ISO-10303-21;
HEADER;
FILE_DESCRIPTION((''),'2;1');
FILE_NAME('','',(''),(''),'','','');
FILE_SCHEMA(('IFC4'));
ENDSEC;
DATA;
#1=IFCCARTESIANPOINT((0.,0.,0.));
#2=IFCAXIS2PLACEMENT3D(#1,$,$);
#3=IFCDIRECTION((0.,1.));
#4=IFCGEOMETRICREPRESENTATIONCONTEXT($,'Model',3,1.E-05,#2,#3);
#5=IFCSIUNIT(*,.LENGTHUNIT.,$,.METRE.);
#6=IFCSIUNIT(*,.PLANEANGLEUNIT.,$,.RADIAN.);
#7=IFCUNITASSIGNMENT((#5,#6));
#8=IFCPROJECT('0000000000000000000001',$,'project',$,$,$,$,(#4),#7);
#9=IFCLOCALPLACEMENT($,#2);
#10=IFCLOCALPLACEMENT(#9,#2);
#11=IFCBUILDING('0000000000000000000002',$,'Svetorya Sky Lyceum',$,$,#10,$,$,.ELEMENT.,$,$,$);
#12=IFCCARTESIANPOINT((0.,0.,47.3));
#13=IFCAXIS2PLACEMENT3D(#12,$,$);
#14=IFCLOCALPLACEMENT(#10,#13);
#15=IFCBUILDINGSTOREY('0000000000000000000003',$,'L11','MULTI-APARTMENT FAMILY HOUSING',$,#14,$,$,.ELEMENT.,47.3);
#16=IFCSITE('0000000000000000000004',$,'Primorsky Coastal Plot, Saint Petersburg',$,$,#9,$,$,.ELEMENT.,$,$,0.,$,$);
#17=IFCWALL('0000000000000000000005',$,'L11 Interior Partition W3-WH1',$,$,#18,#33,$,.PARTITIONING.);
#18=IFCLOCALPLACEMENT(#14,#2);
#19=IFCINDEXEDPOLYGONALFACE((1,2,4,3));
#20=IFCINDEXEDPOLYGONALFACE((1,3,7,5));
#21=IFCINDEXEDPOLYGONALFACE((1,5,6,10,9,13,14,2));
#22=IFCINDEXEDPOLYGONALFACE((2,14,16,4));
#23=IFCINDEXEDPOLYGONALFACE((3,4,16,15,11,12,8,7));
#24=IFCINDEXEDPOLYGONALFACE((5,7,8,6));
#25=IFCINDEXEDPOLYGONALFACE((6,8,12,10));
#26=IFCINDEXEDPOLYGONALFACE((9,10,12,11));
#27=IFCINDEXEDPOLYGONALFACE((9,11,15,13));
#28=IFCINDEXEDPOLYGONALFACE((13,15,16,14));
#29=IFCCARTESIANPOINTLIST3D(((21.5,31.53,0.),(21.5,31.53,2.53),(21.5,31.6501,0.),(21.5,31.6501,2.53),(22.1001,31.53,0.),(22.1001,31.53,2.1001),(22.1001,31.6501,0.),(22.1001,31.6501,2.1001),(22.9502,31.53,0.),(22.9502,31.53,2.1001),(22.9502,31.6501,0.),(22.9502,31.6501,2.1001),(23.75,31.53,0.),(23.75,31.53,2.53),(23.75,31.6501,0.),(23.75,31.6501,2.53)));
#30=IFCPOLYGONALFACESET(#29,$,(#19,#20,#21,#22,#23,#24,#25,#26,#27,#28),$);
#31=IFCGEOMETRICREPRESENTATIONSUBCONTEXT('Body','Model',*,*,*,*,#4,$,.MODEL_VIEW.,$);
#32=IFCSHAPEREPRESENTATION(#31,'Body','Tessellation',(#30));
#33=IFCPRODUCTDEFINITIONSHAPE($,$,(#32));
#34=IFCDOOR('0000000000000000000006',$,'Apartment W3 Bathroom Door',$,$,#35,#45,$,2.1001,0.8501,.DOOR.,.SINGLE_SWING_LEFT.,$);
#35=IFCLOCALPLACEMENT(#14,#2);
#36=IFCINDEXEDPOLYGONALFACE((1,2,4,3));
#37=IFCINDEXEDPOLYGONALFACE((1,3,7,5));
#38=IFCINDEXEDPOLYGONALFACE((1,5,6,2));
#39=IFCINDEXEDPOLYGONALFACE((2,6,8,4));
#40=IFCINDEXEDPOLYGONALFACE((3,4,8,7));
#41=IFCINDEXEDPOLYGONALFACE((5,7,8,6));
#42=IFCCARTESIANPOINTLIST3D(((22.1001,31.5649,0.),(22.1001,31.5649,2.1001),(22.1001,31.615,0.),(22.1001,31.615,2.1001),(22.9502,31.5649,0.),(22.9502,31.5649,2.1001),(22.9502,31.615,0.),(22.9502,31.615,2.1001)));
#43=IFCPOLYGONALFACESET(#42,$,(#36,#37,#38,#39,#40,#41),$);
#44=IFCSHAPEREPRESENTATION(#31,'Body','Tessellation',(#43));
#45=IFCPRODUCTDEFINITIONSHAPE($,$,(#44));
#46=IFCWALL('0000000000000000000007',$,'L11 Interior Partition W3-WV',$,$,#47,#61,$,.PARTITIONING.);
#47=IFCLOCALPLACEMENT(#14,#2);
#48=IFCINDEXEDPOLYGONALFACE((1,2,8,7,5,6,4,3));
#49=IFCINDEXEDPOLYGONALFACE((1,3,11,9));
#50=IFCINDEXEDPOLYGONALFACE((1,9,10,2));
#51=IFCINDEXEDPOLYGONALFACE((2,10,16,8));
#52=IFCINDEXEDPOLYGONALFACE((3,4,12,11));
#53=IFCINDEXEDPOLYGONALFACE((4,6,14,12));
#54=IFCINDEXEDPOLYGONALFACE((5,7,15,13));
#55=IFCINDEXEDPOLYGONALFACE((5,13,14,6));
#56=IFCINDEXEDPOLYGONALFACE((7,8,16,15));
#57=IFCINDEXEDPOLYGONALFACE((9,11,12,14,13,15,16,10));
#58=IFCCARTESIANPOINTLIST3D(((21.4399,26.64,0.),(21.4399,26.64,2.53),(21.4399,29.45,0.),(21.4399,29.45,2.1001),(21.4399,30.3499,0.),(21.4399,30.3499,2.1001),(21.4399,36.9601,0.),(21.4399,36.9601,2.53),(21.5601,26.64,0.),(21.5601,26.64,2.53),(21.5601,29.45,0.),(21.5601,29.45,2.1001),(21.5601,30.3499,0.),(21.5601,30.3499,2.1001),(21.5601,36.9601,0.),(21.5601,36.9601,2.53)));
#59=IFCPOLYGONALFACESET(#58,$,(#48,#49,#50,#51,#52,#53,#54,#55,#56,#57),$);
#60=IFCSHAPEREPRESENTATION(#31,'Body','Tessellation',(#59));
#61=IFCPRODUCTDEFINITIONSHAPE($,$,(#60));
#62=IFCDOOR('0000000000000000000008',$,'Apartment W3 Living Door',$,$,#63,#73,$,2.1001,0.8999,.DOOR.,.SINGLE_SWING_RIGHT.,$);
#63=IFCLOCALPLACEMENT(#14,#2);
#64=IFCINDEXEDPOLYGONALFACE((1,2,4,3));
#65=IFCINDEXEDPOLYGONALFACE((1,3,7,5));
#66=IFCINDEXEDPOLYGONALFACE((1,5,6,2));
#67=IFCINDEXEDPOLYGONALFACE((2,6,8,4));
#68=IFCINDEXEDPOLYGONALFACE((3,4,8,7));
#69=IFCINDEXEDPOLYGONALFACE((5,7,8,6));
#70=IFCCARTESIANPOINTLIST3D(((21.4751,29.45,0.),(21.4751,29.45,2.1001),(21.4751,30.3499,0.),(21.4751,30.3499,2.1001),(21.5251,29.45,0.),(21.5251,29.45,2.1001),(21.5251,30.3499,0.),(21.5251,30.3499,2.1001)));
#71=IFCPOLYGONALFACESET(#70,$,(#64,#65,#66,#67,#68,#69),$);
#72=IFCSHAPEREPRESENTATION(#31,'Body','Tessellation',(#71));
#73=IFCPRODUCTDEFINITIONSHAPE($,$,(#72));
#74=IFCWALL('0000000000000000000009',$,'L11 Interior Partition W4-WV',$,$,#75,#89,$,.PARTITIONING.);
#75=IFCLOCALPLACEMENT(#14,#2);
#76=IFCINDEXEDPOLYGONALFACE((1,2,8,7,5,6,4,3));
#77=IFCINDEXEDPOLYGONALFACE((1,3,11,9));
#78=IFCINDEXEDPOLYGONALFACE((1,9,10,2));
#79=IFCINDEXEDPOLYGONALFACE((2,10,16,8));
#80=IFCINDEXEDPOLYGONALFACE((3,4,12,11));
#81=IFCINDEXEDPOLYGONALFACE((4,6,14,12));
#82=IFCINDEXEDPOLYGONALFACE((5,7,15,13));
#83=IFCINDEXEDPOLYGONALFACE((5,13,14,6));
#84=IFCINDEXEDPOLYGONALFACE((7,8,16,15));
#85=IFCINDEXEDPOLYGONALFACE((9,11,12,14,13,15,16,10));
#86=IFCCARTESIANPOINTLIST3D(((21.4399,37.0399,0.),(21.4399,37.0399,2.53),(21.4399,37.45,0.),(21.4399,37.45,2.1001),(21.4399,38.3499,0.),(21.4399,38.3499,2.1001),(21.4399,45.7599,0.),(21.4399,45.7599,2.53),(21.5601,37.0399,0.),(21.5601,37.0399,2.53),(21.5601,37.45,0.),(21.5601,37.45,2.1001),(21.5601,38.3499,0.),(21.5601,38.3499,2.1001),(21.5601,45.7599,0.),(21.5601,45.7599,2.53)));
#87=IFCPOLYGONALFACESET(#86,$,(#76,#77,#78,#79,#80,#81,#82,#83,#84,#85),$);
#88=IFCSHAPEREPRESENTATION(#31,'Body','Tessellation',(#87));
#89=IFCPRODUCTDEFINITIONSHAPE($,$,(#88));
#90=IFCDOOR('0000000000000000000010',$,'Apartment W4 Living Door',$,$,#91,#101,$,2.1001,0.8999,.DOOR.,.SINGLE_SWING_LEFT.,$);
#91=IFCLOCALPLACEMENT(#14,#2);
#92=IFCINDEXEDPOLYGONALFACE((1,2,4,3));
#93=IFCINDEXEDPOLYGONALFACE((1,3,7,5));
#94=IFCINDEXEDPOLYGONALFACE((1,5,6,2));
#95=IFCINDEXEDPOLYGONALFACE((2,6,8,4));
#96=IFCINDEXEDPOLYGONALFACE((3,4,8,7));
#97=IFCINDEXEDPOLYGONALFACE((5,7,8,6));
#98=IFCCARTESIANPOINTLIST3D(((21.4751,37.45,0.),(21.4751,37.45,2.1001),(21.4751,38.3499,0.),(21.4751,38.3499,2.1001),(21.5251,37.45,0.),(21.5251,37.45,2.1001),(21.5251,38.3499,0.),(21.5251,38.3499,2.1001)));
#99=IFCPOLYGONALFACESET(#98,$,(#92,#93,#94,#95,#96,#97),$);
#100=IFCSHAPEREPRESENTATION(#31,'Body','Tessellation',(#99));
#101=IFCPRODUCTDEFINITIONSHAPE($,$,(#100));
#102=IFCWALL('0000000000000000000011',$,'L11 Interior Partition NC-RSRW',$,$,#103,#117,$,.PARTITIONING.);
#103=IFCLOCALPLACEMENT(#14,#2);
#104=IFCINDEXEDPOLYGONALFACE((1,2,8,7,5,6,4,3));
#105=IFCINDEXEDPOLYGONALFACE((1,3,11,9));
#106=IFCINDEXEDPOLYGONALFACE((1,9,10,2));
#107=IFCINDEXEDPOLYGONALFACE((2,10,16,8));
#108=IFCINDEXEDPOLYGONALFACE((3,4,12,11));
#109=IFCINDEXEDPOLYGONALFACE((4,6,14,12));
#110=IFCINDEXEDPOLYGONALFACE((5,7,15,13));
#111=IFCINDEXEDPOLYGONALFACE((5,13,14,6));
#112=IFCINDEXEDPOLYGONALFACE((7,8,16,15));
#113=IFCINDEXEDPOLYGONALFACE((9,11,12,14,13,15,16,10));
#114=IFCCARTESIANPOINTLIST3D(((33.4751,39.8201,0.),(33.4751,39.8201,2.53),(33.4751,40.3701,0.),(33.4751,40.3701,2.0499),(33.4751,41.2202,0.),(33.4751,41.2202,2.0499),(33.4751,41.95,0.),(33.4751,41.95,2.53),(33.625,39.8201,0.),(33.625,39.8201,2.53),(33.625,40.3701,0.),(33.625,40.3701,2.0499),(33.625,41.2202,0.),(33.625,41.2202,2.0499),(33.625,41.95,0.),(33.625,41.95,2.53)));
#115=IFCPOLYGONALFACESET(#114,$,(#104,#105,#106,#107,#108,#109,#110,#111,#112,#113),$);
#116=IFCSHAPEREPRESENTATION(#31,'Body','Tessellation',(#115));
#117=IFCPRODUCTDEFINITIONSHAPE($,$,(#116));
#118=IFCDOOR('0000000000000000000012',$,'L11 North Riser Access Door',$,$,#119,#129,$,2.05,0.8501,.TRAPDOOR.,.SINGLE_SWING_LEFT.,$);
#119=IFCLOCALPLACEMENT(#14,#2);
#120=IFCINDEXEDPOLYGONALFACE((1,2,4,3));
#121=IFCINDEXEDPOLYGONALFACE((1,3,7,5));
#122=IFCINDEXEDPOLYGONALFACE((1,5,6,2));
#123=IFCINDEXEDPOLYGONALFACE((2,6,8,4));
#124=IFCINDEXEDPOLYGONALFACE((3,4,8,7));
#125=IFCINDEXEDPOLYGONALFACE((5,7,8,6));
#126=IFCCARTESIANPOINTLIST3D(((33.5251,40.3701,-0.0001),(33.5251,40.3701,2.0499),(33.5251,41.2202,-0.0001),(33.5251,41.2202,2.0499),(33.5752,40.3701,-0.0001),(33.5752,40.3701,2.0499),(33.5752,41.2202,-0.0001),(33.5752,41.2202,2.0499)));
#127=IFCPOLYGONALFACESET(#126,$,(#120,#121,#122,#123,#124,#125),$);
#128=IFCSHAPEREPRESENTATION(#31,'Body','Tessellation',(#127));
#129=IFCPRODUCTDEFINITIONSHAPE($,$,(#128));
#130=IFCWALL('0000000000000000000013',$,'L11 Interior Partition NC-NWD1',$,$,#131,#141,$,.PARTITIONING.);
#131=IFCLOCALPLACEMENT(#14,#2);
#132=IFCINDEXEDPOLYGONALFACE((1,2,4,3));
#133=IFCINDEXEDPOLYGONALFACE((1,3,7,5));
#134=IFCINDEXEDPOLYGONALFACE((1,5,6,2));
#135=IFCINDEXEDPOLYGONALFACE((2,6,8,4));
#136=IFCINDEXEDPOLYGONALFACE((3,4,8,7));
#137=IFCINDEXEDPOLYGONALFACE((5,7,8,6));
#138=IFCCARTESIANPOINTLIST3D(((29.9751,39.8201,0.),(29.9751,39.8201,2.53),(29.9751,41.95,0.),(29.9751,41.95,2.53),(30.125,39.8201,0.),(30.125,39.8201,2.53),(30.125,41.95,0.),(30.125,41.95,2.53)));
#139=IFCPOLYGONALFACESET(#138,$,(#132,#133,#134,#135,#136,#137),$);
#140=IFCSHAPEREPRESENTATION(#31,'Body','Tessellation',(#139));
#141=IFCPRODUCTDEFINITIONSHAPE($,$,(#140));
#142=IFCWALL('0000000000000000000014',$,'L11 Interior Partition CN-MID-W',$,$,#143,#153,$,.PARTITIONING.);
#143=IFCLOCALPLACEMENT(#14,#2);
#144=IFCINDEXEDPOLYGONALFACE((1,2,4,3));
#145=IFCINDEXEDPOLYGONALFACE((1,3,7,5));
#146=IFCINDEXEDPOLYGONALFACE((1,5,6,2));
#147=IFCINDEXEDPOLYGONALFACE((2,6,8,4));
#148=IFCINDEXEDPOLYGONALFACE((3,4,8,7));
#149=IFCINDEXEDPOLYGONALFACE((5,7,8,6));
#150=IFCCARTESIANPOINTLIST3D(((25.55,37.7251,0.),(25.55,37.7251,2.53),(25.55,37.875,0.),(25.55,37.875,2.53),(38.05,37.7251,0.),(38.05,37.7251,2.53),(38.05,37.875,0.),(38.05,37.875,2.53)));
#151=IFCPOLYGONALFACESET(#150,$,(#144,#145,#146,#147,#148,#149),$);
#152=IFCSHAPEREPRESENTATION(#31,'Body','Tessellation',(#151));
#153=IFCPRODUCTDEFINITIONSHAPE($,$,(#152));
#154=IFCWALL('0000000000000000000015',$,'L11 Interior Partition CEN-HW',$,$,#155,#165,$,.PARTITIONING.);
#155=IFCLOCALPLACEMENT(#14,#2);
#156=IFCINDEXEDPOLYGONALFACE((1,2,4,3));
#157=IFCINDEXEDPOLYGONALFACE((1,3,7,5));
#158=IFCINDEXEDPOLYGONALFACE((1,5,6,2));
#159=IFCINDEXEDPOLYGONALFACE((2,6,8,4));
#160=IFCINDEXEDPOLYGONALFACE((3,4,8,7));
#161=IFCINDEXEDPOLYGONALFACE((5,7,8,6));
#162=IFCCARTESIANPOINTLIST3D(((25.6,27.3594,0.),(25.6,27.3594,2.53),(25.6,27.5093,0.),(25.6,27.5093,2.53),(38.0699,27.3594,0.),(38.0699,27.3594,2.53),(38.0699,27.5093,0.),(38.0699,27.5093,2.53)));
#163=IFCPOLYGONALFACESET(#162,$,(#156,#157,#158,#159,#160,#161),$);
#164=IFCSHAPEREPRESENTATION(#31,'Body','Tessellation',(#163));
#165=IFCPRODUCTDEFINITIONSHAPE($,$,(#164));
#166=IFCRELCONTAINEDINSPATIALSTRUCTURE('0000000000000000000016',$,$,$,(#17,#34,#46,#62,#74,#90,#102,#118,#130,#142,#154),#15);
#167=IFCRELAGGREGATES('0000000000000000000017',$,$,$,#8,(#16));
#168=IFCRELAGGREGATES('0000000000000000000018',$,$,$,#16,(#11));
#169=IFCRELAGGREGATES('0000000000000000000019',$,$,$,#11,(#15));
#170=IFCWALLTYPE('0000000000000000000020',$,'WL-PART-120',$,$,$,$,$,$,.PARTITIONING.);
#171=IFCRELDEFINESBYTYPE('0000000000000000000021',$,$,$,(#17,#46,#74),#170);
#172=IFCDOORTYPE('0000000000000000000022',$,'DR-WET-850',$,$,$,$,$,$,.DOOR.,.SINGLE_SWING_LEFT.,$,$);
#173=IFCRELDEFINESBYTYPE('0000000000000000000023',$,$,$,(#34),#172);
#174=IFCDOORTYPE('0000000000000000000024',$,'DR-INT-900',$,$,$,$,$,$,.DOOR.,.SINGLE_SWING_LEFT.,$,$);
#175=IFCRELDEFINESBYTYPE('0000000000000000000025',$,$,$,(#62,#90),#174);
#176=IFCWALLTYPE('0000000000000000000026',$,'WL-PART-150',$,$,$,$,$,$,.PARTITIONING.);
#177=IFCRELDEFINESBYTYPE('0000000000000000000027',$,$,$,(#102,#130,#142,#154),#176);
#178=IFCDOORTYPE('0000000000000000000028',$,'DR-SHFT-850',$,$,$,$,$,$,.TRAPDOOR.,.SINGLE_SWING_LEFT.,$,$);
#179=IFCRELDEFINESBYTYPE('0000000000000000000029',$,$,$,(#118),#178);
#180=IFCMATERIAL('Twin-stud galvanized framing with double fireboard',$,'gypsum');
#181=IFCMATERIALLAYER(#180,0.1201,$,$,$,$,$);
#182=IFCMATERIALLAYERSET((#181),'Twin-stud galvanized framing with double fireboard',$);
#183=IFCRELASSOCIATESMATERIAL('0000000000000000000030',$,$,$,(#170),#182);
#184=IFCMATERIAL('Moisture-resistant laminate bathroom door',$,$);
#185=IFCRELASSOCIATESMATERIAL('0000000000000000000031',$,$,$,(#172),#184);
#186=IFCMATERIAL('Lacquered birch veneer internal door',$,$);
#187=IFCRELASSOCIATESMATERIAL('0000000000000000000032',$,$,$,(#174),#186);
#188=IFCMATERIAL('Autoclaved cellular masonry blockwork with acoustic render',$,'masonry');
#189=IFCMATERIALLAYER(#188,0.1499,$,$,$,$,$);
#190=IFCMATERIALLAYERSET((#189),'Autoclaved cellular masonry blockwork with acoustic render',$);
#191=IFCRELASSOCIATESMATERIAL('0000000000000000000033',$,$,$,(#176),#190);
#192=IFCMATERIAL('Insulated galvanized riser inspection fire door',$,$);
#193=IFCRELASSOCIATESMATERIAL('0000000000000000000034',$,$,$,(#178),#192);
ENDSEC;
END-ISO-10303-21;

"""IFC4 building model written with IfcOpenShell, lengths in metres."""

from ifc_helpers import new_model, si_unit, direction, frame, frame_2d, origin, place, context, subcontext, project, spatial, rectangle, extrude, material, layer, layer_set, type_object, element, fill, save


model = new_model("IFC4")

# Units and contexts
model_context = context("Model", 3, precision=1e-05, world=origin(), true_north=direction((0.0, 1.0)))
body_context = subcontext(model_context, "Body", "Model", "MODEL_VIEW")
ifc_project = project(units=[si_unit("LENGTHUNIT", "METRE"), si_unit("PLANEANGLEUNIT", "RADIAN")], contexts=[model_context])

# Site, building, storey
site_placement = place(None, origin())
site = spatial("IfcSite", under=ifc_project, at=site_placement, Name="Primorsky Coastal Plot, Saint Petersburg", CompositionType="ELEMENT", RefElevation=0.0)
building_placement = place(site_placement, origin())
building = spatial("IfcBuilding", under=site, at=building_placement, Name="Svetorya Sky Lyceum", CompositionType="ELEMENT")
storey_placement = place(building_placement, frame((0.0, 0.0, 47.3)))
storey = spatial("IfcBuildingStorey", under=building, at=storey_placement, Name="L11", Description="MULTI-APARTMENT FAMILY HOUSING", CompositionType="ELEMENT", Elevation=47.3)

# Walls, openings, doors
ifc_material_1 = material(Name="Twin-stud galvanized framing with double fireboard", Category="gypsum")
ifc_layer_1 = layer(ifc_material_1, 0.1201)
ifc_layer_set_1 = layer_set([ifc_layer_1], Name="Twin-stud galvanized framing with double fireboard")
wall_type_1 = type_object("IfcWallType", Name="WL-PART-120", PredefinedType="PARTITIONING", material=ifc_layer_set_1)
ifc_material_2 = material(Name="Moisture-resistant laminate bathroom door")
door_type_1 = type_object("IfcDoorType", Name="DR-WET-850", OperationType="SINGLE_SWING_LEFT", PredefinedType="DOOR", material=ifc_material_2)
wall_1_placement = place(storey_placement, frame((21.5, 31.5901, 0.0), z_axis=(0.0, 0.0, 1.0), x_axis=(1.0, 0.0, 0.0)))
wall_1 = element("IfcWall", 1, at=wall_1_placement, inside=storey, type_object=wall_type_1, Name="L11 Interior Partition W3-WH1", PredefinedType="PARTITIONING", context=body_context, shape_type="SweptSolid", body=[
    extrude(rectangle(XDim=2.25, YDim=0.1201, at=frame_2d((1.125, 0.0))), origin(), (0.0, 0.0, 1.0), 2.53),
])
opening_1_placement = place(wall_1_placement, frame((0.6001, 0.0, 0.0)))
opening_1 = element("IfcOpeningElement", 2, at=opening_1_placement, cuts=wall_1, PredefinedType="OPENING", context=body_context, shape_type="SweptSolid", body=[
    extrude(rectangle(XDim=0.8501, YDim=2.1001, at=frame_2d((0.425, 1.05))), frame((0.0, 0.0701, 0.0), z_axis=(0.0, -1.0, 0.0), x_axis=(1.0, 0.0, 0.0)), (0.0, 0.0, 1.0), 0.1401),
])
door_1_placement = place(opening_1_placement, origin())
door_1 = element("IfcDoor", 3, at=door_1_placement, inside=storey, type_object=door_type_1, Name="Apartment W3 Bathroom Door", OperationType="SINGLE_SWING_LEFT", OverallHeight=2.1001, OverallWidth=0.8501, PredefinedType="DOOR", context=body_context, shape_type="SweptSolid", body=[
    extrude(rectangle(XDim=0.8501, YDim=2.1001, at=frame_2d((0.425, 1.05))), frame((0.0, 0.0249, 0.0), z_axis=(0.0, -1.0, 0.0), x_axis=(1.0, 0.0, 0.0)), (0.0, 0.0, 1.0), 0.05),
])
fill(opening_1, door_1)
wall_2_placement = place(storey_placement, frame((21.5, 26.6399, 0.0), z_axis=(0.0, 0.0, 1.0), x_axis=(0.0, 1.0, 0.0)))
wall_2 = element("IfcWall", 4, at=wall_2_placement, inside=storey, type_object=wall_type_1, Name="L11 Interior Partition W3-WV", PredefinedType="PARTITIONING", context=body_context, shape_type="SweptSolid", body=[
    extrude(rectangle(XDim=10.3201, YDim=0.1201, at=frame_2d((5.1602, 0.0))), origin(), (0.0, 0.0, 1.0), 2.53),
])
opening_2_placement = place(wall_2_placement, frame((2.8101, 0.0, 0.0)))
opening_2 = element("IfcOpeningElement", 5, at=opening_2_placement, cuts=wall_2, PredefinedType="OPENING", context=body_context, shape_type="SweptSolid", body=[
    extrude(rectangle(XDim=0.8999, YDim=2.1001, at=frame_2d((0.45, 1.05))), frame((0.0, 0.0701, 0.0), z_axis=(0.0, -1.0, 0.0), x_axis=(1.0, 0.0, 0.0)), (0.0, 0.0, 1.0), 0.1401),
])
ifc_material_3 = material(Name="Lacquered birch veneer internal door")
door_type_2 = type_object("IfcDoorType", Name="DR-INT-900", OperationType="SINGLE_SWING_LEFT", PredefinedType="DOOR", material=ifc_material_3)
door_2_placement = place(opening_2_placement, origin())
door_2 = element("IfcDoor", 6, at=door_2_placement, inside=storey, type_object=door_type_2, Name="Apartment W3 Living Door", OperationType="SINGLE_SWING_RIGHT", OverallHeight=2.1001, OverallWidth=0.8999, PredefinedType="DOOR", context=body_context, shape_type="SweptSolid", body=[
    extrude(rectangle(XDim=0.8999, YDim=2.1001, at=frame_2d((0.45, 1.05))), frame((0.0, 0.0249, 0.0), z_axis=(0.0, -1.0, 0.0), x_axis=(1.0, 0.0, 0.0)), (0.0, 0.0, 1.0), 0.05),
])
fill(opening_2, door_2)
wall_3_placement = place(storey_placement, frame((21.5, 37.04, 0.0), z_axis=(0.0, 0.0, 1.0), x_axis=(0.0, 1.0, 0.0)))
wall_3 = element("IfcWall", 7, at=wall_3_placement, inside=storey, type_object=wall_type_1, Name="L11 Interior Partition W4-WV", PredefinedType="PARTITIONING", context=body_context, shape_type="SweptSolid", body=[
    extrude(rectangle(XDim=8.72, YDim=0.1201, at=frame_2d((4.3599, 0.0))), origin(), (0.0, 0.0, 1.0), 2.53),
])
opening_3_placement = place(wall_3_placement, frame((0.4099, 0.0, 0.0)))
opening_3 = element("IfcOpeningElement", 8, at=opening_3_placement, cuts=wall_3, PredefinedType="OPENING", context=body_context, shape_type="SweptSolid", body=[
    extrude(rectangle(XDim=0.8999, YDim=2.1001, at=frame_2d((0.45, 1.05))), frame((0.0, 0.0701, 0.0), z_axis=(0.0, -1.0, 0.0), x_axis=(1.0, 0.0, 0.0)), (0.0, 0.0, 1.0), 0.1401),
])
door_3_placement = place(opening_3_placement, origin())
door_3 = element("IfcDoor", 9, at=door_3_placement, inside=storey, type_object=door_type_2, Name="Apartment W4 Living Door", OperationType="SINGLE_SWING_LEFT", OverallHeight=2.1001, OverallWidth=0.8999, PredefinedType="DOOR", context=body_context, shape_type="SweptSolid", body=[
    extrude(rectangle(XDim=0.8999, YDim=2.1001, at=frame_2d((0.45, 1.05))), frame((0.0, 0.0249, 0.0), z_axis=(0.0, -1.0, 0.0), x_axis=(1.0, 0.0, 0.0)), (0.0, 0.0, 1.0), 0.05),
])
fill(opening_3, door_3)
ifc_material_4 = material(Name="Autoclaved cellular masonry blockwork with acoustic render", Category="masonry")
ifc_layer_2 = layer(ifc_material_4, 0.1499)
ifc_layer_set_2 = layer_set([ifc_layer_2], Name="Autoclaved cellular masonry blockwork with acoustic render")
wall_type_2 = type_object("IfcWallType", Name="WL-PART-150", PredefinedType="PARTITIONING", material=ifc_layer_set_2)
wall_4_placement = place(storey_placement, frame((33.55, 39.8201, 0.0), z_axis=(0.0, 0.0, 1.0), x_axis=(0.0, 1.0, 0.0)))
wall_4 = element("IfcWall", 10, at=wall_4_placement, inside=storey, type_object=wall_type_2, Name="L11 Interior Partition NC-RSRW", PredefinedType="PARTITIONING", context=body_context, shape_type="SweptSolid", body=[
    extrude(rectangle(XDim=2.1299, YDim=0.1499, at=frame_2d((1.0649, 0.0))), origin(), (0.0, 0.0, 1.0), 2.53),
])
opening_4_placement = place(wall_4_placement, frame((0.55, 0.0, 0.0)))
opening_4 = element("IfcOpeningElement", 11, at=opening_4_placement, cuts=wall_4, PredefinedType="OPENING", context=body_context, shape_type="SweptSolid", body=[
    extrude(rectangle(XDim=0.8501, YDim=2.05, at=frame_2d((0.425, 1.0249))), frame((0.0, 0.085, 0.0), z_axis=(0.0, -1.0, 0.0), x_axis=(1.0, 0.0, 0.0)), (0.0, 0.0, 1.0), 0.1699),
])
ifc_material_5 = material(Name="Insulated galvanized riser inspection fire door")
door_type_3 = type_object("IfcDoorType", Name="DR-SHFT-850", OperationType="SINGLE_SWING_LEFT", PredefinedType="TRAPDOOR", material=ifc_material_5)
door_4_placement = place(opening_4_placement, origin())
door_4 = element("IfcDoor", 12, at=door_4_placement, inside=storey, type_object=door_type_3, Name="L11 North Riser Access Door", OperationType="SINGLE_SWING_LEFT", OverallHeight=2.05, OverallWidth=0.8501, PredefinedType="TRAPDOOR", context=body_context, shape_type="SweptSolid", body=[
    extrude(rectangle(XDim=0.8501, YDim=2.05, at=frame_2d((0.425, 1.0249))), frame((0.0, 0.0249, 0.0), z_axis=(0.0, -1.0, 0.0), x_axis=(1.0, 0.0, 0.0)), (0.0, 0.0, 1.0), 0.05),
])
fill(opening_4, door_4)

# Walls
wall_5_placement = place(storey_placement, frame((30.05, 39.8201, 0.0), z_axis=(0.0, 0.0, 1.0), x_axis=(0.0, 1.0, 0.0)))
element("IfcWall", 13, at=wall_5_placement, inside=storey, type_object=wall_type_2, Name="L11 Interior Partition NC-NWD1", PredefinedType="PARTITIONING", context=body_context, shape_type="SweptSolid", body=[
    extrude(rectangle(XDim=2.1299, YDim=0.1499, at=frame_2d((1.0649, 0.0))), origin(), (0.0, 0.0, 1.0), 2.53),
])
wall_6_placement = place(storey_placement, frame((25.55, 37.8, 0.0), z_axis=(0.0, 0.0, 1.0), x_axis=(1.0, 0.0, 0.0)))
element("IfcWall", 14, at=wall_6_placement, inside=storey, type_object=wall_type_2, Name="L11 Interior Partition CN-MID-W", PredefinedType="PARTITIONING", context=body_context, shape_type="SweptSolid", body=[
    extrude(rectangle(XDim=12.5, YDim=0.1499, at=frame_2d((6.25, 0.0))), origin(), (0.0, 0.0, 1.0), 2.53),
])
wall_7_placement = place(storey_placement, frame((25.6001, 27.4343, 0.0), z_axis=(0.0, 0.0, 1.0), x_axis=(1.0, 0.0, 0.0)))
element("IfcWall", 15, at=wall_7_placement, inside=storey, type_object=wall_type_2, Name="L11 Interior Partition CEN-HW", PredefinedType="PARTITIONING", context=body_context, shape_type="SweptSolid", body=[
    extrude(rectangle(XDim=12.47, YDim=0.1499, at=frame_2d((6.2349, 0.0))), origin(), (0.0, 0.0, 1.0), 2.53),
])

save(model, "model.ifc")
